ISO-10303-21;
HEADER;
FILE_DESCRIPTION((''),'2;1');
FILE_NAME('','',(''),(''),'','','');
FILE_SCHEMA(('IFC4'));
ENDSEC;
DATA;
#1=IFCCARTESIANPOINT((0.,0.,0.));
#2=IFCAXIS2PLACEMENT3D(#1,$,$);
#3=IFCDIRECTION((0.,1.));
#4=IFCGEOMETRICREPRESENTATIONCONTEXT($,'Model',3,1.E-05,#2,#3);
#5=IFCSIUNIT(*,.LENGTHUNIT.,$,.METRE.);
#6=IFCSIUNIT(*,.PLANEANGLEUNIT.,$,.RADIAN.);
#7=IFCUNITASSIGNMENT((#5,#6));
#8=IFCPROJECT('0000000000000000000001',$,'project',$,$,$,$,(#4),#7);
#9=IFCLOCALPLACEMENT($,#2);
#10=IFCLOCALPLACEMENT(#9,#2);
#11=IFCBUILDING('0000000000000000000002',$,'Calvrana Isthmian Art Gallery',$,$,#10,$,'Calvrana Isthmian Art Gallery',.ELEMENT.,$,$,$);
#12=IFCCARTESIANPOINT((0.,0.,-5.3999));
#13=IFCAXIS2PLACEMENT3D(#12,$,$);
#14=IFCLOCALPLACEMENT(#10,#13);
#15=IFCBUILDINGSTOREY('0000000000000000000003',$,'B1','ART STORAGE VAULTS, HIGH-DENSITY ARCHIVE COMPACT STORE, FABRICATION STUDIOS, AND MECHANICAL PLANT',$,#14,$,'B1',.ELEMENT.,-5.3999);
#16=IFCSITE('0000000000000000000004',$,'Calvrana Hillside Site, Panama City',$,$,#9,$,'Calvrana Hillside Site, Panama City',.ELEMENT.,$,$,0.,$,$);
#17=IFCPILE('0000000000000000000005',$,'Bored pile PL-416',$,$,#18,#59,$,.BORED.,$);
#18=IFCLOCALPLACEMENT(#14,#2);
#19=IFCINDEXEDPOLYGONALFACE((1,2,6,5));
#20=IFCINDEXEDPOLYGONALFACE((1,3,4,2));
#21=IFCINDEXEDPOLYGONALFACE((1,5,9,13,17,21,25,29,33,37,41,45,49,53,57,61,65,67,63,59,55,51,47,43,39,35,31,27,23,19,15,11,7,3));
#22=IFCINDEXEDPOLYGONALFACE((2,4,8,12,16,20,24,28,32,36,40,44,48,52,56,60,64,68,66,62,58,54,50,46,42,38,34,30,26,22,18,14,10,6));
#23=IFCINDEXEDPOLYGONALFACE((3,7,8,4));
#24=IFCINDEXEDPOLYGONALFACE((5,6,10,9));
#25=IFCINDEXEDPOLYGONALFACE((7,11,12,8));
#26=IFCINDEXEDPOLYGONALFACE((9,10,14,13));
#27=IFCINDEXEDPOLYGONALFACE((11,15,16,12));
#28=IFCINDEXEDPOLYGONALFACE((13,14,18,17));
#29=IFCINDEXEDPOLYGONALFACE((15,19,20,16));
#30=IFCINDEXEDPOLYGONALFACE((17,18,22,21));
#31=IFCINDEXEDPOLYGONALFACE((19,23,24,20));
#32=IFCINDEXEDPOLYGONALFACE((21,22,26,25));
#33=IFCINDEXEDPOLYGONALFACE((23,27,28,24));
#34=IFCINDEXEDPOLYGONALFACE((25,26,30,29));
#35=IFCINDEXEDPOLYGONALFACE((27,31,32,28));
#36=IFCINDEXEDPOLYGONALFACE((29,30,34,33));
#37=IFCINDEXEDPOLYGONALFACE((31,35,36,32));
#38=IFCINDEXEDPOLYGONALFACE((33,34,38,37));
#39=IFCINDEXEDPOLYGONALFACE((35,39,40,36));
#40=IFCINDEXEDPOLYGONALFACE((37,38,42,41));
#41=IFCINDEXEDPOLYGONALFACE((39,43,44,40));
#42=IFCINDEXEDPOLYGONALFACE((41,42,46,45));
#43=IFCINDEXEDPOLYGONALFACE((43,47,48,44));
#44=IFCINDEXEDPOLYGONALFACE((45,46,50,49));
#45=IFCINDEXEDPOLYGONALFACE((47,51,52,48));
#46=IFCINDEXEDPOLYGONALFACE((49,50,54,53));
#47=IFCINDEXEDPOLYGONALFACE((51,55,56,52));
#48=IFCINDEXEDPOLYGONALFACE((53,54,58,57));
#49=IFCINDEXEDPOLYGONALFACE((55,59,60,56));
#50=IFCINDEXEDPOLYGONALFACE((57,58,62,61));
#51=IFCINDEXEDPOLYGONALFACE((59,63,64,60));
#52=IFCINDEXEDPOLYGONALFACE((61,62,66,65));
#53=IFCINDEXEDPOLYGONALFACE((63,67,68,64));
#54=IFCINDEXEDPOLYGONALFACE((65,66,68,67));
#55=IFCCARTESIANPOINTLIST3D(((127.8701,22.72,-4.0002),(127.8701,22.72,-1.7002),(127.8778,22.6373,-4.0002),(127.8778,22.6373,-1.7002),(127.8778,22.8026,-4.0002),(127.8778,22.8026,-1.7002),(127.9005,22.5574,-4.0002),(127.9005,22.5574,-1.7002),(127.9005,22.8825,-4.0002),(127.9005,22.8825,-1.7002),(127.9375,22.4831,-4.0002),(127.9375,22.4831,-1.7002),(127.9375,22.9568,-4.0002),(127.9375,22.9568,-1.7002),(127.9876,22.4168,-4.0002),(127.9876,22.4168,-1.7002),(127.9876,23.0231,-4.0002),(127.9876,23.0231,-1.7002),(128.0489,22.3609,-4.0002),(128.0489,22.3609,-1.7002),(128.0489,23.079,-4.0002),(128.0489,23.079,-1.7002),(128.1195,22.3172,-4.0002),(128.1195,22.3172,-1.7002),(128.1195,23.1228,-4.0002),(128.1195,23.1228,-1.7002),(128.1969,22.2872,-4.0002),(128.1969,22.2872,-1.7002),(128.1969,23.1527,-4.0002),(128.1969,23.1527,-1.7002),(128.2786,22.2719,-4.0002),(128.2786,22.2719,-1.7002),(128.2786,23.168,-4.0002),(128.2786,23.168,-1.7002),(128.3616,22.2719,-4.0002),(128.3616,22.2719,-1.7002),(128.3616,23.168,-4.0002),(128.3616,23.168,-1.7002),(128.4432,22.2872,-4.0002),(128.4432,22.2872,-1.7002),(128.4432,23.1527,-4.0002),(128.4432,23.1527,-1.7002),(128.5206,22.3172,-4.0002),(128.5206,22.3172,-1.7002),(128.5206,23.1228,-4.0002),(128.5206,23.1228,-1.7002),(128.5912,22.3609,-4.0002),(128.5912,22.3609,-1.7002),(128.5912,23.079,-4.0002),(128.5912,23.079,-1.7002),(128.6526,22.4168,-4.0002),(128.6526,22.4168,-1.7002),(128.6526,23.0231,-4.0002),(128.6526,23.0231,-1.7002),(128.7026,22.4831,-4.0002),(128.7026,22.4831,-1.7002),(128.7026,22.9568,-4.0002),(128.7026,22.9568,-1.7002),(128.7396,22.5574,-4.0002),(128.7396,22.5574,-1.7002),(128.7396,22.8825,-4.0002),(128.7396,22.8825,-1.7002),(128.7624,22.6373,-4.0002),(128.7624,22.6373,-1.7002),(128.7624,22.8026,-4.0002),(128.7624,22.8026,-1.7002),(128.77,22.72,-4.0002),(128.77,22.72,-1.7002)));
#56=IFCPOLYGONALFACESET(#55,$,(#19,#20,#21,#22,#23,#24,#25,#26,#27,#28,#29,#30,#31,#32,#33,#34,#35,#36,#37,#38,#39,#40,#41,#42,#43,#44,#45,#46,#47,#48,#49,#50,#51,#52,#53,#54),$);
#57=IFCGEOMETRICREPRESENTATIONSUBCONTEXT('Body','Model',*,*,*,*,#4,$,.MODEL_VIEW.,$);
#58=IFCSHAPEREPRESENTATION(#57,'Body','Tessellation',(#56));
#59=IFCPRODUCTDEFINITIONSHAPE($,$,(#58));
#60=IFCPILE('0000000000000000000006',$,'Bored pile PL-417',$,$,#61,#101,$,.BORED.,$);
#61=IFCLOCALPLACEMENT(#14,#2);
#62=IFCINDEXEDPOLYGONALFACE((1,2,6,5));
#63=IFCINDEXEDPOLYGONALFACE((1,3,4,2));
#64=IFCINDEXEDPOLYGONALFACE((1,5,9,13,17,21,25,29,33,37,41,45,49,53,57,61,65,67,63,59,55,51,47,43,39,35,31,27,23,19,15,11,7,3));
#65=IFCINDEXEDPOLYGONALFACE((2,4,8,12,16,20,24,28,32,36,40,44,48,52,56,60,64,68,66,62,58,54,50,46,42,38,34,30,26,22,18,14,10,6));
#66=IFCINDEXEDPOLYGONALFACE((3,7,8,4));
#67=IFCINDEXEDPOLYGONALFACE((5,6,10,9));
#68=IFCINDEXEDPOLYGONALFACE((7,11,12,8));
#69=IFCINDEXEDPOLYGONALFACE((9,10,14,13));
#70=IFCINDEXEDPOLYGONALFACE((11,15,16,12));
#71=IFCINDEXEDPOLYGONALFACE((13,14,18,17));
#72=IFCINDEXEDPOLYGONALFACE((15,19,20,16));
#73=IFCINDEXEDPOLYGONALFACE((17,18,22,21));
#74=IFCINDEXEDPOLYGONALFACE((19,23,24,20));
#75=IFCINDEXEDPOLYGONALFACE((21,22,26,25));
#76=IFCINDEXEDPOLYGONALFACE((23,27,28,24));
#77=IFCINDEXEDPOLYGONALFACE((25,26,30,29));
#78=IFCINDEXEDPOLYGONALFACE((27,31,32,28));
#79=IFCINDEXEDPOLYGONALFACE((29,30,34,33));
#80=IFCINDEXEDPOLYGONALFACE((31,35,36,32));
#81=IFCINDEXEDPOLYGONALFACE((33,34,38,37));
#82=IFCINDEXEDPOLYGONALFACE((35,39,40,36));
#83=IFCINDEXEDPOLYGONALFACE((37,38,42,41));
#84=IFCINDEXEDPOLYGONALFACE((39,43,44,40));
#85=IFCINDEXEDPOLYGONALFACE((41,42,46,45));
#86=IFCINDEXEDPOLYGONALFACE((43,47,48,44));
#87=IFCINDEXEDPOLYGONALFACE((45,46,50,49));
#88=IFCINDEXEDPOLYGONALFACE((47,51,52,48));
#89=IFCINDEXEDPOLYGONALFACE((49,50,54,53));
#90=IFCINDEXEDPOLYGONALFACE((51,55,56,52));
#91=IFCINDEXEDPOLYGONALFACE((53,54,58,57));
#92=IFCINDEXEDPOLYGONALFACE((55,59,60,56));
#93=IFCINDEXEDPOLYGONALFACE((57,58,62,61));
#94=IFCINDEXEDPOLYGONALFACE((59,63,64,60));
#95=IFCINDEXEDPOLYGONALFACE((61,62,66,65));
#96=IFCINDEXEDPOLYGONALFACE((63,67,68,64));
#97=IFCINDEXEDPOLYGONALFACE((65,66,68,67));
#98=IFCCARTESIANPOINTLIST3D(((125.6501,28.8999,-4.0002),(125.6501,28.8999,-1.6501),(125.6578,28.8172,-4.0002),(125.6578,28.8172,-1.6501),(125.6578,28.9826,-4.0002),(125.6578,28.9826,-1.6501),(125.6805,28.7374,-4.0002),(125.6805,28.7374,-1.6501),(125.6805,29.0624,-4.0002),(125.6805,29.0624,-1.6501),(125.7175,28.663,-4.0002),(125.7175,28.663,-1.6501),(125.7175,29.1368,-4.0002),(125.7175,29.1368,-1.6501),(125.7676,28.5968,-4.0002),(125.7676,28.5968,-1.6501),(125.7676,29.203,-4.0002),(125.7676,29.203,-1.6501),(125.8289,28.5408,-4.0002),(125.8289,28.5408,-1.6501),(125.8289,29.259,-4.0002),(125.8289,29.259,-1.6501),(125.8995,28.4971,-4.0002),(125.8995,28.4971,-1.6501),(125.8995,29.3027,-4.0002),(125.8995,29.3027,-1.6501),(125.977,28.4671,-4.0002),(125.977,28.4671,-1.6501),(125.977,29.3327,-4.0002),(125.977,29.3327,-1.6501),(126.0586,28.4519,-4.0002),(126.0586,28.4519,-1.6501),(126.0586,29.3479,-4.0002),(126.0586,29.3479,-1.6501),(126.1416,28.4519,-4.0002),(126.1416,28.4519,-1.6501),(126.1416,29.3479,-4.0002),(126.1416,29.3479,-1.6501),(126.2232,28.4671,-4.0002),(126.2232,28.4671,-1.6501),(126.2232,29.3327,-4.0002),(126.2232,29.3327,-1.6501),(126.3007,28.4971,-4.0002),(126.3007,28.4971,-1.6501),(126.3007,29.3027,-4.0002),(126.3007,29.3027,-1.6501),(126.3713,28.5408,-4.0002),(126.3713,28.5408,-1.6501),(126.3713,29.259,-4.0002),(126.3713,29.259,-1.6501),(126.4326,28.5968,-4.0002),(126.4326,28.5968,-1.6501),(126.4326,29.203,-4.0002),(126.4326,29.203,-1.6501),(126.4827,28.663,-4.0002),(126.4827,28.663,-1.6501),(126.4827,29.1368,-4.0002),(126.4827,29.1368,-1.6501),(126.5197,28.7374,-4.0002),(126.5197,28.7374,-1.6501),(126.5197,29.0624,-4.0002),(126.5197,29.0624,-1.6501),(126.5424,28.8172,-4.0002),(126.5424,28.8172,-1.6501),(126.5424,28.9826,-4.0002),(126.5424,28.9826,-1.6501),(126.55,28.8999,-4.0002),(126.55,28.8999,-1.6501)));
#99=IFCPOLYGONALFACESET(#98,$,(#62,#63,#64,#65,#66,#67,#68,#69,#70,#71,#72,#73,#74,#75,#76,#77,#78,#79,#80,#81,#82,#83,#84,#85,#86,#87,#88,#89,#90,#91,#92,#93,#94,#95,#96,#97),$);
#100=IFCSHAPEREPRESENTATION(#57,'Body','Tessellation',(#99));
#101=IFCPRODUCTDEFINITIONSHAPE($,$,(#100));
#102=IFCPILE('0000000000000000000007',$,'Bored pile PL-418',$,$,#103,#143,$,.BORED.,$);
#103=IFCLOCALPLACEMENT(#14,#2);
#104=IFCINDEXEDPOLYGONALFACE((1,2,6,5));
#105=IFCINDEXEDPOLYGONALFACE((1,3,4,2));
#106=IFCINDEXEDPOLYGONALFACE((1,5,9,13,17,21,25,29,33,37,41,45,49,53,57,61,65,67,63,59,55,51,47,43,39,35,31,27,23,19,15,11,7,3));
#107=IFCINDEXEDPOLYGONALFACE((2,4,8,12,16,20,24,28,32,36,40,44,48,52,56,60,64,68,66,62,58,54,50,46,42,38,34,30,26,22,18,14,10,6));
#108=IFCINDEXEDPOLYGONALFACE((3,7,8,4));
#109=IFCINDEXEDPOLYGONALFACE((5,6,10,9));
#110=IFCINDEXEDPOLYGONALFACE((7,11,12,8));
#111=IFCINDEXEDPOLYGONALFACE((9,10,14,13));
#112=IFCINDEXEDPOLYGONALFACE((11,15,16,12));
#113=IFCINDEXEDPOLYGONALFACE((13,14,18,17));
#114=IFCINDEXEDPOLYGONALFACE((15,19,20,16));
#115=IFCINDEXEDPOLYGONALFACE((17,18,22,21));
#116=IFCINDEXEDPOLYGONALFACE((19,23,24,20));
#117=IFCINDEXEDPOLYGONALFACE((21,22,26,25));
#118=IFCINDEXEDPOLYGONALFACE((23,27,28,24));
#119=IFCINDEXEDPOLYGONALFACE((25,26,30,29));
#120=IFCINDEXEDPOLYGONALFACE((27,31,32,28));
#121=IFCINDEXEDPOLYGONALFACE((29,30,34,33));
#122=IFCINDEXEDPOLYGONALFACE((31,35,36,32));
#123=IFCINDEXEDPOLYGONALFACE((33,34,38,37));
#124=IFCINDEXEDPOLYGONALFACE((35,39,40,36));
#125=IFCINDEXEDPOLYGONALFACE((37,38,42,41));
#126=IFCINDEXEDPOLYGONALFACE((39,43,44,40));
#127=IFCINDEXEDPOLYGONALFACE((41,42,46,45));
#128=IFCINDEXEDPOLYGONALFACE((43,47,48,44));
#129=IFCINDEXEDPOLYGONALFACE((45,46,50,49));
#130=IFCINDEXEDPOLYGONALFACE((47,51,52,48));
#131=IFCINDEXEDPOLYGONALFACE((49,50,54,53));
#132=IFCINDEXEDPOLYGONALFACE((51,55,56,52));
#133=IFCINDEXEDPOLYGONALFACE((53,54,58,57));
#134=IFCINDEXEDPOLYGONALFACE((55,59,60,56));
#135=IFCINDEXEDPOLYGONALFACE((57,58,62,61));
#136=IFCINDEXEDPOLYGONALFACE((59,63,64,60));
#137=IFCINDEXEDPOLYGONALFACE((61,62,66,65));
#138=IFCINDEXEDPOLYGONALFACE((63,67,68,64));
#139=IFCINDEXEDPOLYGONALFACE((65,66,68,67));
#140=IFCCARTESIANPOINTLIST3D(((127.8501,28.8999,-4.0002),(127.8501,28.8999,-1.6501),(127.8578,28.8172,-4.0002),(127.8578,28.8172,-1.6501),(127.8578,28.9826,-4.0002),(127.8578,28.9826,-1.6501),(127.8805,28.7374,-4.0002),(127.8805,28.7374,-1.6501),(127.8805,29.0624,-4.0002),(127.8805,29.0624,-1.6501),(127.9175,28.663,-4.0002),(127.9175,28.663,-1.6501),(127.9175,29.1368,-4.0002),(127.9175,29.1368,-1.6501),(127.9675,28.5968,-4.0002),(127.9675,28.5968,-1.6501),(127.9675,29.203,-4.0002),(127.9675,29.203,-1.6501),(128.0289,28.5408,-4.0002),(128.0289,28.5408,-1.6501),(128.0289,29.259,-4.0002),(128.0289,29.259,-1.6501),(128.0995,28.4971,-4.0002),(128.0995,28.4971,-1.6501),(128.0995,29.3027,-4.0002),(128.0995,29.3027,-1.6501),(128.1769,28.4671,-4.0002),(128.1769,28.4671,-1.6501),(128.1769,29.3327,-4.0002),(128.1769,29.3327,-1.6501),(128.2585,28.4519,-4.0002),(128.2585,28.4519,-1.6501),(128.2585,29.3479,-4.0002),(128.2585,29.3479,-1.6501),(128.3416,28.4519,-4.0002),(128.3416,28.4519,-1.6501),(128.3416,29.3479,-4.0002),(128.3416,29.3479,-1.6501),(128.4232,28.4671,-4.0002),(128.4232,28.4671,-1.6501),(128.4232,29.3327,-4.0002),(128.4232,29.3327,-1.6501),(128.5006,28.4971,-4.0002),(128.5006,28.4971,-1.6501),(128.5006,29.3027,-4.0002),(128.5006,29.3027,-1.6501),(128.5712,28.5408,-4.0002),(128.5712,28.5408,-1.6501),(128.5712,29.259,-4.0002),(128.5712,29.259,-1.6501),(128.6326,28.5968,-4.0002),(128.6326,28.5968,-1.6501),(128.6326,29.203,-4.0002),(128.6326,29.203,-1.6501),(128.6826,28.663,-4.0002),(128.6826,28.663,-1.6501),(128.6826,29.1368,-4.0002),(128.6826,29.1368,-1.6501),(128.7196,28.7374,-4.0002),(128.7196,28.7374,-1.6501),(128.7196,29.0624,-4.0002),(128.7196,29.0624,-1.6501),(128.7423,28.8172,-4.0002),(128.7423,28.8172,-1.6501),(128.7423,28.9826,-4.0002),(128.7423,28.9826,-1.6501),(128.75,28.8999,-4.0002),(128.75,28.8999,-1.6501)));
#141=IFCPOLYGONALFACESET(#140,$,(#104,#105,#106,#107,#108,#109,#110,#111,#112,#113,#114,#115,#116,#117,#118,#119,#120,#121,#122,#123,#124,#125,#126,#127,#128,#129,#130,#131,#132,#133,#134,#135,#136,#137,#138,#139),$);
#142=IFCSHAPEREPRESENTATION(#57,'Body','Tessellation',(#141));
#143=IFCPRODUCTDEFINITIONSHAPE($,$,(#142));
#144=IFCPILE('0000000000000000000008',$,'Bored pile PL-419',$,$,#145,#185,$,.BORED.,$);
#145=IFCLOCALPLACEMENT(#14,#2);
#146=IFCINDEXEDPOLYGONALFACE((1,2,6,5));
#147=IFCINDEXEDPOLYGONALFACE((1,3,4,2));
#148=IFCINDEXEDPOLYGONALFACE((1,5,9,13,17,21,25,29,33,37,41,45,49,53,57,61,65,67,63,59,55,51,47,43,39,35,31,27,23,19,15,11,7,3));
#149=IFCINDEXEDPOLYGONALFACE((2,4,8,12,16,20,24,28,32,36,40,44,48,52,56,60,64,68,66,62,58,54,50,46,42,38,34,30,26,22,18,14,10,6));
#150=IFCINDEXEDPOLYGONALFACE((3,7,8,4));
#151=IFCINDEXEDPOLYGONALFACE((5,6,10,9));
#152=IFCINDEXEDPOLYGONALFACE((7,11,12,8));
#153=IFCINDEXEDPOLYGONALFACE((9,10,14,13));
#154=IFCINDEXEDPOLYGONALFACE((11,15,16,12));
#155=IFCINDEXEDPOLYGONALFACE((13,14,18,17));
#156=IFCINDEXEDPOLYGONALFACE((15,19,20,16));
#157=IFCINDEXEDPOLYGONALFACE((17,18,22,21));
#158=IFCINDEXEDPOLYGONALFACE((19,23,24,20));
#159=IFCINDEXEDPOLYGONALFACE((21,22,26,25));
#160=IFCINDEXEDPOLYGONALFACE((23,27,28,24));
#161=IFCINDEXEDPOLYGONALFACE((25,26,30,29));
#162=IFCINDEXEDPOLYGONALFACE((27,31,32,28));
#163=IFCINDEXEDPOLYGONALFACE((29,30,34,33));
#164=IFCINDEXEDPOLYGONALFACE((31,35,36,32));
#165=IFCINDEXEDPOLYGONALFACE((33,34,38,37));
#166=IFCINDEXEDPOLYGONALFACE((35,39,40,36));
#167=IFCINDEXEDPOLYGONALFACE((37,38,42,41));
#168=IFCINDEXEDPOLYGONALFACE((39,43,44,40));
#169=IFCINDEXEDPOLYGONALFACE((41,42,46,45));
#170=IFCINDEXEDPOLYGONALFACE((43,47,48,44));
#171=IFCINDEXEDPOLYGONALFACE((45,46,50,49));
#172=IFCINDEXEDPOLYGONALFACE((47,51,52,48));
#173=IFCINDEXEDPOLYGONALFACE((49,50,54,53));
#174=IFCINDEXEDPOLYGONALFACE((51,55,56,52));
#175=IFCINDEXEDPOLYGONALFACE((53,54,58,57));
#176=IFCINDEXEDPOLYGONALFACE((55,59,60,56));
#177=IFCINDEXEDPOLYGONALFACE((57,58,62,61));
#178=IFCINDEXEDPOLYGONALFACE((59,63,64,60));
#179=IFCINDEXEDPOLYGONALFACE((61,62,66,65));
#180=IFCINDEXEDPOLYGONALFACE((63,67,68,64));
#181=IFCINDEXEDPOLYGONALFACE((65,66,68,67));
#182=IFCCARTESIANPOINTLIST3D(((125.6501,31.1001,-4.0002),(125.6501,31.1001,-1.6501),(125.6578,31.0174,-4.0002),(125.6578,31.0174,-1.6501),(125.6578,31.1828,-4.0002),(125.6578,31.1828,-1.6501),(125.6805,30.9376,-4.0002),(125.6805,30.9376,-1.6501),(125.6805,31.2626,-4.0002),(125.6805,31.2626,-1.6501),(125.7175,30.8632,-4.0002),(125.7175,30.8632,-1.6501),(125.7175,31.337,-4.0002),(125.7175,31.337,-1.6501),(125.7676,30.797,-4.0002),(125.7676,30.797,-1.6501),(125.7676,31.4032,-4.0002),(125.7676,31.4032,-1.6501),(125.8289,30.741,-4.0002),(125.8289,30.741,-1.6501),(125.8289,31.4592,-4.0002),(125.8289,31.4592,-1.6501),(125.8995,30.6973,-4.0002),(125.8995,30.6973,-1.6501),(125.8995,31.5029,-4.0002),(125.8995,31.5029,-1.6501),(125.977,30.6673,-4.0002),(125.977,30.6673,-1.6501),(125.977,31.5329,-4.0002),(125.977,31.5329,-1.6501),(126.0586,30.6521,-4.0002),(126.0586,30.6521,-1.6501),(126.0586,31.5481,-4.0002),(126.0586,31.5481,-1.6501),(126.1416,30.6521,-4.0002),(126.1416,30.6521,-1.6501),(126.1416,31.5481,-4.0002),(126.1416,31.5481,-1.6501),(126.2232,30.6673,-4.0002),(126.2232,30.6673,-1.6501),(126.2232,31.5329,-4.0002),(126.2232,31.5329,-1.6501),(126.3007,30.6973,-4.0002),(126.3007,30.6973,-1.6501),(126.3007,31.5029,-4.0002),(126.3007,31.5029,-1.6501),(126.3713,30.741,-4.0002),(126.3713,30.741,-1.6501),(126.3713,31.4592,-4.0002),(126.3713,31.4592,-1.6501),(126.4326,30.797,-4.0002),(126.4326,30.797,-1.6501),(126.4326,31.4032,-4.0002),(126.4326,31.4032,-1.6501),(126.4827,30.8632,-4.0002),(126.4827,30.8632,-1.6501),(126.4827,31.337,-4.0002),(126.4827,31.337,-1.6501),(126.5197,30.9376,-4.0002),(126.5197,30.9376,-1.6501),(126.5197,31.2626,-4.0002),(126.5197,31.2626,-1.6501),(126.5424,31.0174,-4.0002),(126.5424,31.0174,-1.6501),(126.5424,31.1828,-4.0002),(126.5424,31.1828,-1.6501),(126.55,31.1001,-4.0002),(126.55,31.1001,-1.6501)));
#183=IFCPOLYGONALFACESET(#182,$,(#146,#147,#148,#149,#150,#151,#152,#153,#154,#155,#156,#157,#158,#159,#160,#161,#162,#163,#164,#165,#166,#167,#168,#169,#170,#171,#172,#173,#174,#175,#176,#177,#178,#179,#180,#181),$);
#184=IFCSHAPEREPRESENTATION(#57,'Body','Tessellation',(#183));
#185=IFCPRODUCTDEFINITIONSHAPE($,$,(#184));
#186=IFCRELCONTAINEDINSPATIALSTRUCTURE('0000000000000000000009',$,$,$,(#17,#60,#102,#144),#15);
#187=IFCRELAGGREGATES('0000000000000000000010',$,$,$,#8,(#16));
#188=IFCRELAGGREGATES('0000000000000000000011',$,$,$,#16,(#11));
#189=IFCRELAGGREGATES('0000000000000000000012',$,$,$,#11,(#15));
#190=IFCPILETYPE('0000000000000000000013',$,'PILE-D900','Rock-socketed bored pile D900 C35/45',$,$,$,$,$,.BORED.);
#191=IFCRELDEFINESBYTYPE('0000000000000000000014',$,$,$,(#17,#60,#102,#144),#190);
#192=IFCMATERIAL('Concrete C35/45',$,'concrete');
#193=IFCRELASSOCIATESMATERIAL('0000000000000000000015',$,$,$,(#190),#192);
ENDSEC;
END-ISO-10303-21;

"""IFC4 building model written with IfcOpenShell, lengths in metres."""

from ifc_helpers import new_model, si_unit, direction, frame, origin, origin_2d, place, context, subcontext, project, spatial, circle, extrude, material, material_profile, profile_set, type_object, element, save


model = new_model("IFC4")

# Units and contexts
model_context = context("Model", 3, precision=1e-05, world=origin(), true_north=direction((0.0, 1.0)))
body_context = subcontext(model_context, "Body", "Model", "MODEL_VIEW")
ifc_project = project(units=[si_unit("LENGTHUNIT", "METRE"), si_unit("PLANEANGLEUNIT", "RADIAN")], contexts=[model_context])

# Site, building, storey
site_placement = place(None, origin())
site = spatial("IfcSite", under=ifc_project, at=site_placement, Name="Calvrana Hillside Site, Panama City", LongName="Calvrana Hillside Site, Panama City", CompositionType="ELEMENT", RefElevation=0.0)
building_placement = place(site_placement, origin())
building = spatial("IfcBuilding", under=site, at=building_placement, Name="Calvrana Isthmian Art Gallery", LongName="Calvrana Isthmian Art Gallery", CompositionType="ELEMENT")
storey_placement = place(building_placement, frame((0.0, 0.0, -5.3999)))
storey = spatial("IfcBuildingStorey", under=building, at=storey_placement, Name="B1", Description="ART STORAGE VAULTS, HIGH-DENSITY ARCHIVE COMPACT STORE, FABRICATION STUDIOS, AND MECHANICAL PLANT", LongName="B1", CompositionType="ELEMENT", Elevation=-5.3999)

# Shared definitions
ifc_material_1 = material(Name="Concrete C35/45", Category="concrete")

# Piles
ifc_material_profile_1 = material_profile(ifc_material_1, circle(Radius=0.45, at=origin_2d()), Name="PILE900D")
ifc_profile_set_1 = profile_set([ifc_material_profile_1], Name="Concrete C35/45")
pile_type_1 = type_object("IfcPileType", Name="PILE-D900", Description="Rock-socketed bored pile D900 C35/45", PredefinedType="BORED", material=ifc_profile_set_1)
for number, where, z_axis, x_axis, name in (
    (1, (128.3201, 22.72, -1.7002), (0.0, 0.0, -1.0), (1.0, 0.0, 0.0), "Bored pile PL-416"),
):
    element("IfcPile", number, at=place(storey_placement, frame(where, z_axis=z_axis, x_axis=x_axis)), inside=storey, type_object=pile_type_1, Name=name, PredefinedType="BORED", context=body_context, shape_type="SweptSolid", body=[
        extrude(circle(Radius=0.45, at=origin_2d()), origin(), (0.0, 0.0, 1.0), 2.3),
    ])
for number, where, z_axis, x_axis, name in (
    (2, (126.1001, 28.8999, -1.6501), (0.0, 0.0, -1.0), (1.0, 0.0, 0.0), "Bored pile PL-417"),
    (3, (128.3, 28.8999, -1.6501), (0.0, 0.0, -1.0), (1.0, 0.0, 0.0), "Bored pile PL-418"),
    (4, (126.1001, 31.1001, -1.6501), (0.0, 0.0, -1.0), (1.0, 0.0, 0.0), "Bored pile PL-419"),
):
    element("IfcPile", number, at=place(storey_placement, frame(where, z_axis=z_axis, x_axis=x_axis)), inside=storey, type_object=pile_type_1, Name=name, PredefinedType="BORED", context=body_context, shape_type="SweptSolid", body=[
        extrude(circle(Radius=0.45, at=origin_2d()), origin(), (0.0, 0.0, 1.0), 2.3501),
    ])

save(model, "model.ifc")
